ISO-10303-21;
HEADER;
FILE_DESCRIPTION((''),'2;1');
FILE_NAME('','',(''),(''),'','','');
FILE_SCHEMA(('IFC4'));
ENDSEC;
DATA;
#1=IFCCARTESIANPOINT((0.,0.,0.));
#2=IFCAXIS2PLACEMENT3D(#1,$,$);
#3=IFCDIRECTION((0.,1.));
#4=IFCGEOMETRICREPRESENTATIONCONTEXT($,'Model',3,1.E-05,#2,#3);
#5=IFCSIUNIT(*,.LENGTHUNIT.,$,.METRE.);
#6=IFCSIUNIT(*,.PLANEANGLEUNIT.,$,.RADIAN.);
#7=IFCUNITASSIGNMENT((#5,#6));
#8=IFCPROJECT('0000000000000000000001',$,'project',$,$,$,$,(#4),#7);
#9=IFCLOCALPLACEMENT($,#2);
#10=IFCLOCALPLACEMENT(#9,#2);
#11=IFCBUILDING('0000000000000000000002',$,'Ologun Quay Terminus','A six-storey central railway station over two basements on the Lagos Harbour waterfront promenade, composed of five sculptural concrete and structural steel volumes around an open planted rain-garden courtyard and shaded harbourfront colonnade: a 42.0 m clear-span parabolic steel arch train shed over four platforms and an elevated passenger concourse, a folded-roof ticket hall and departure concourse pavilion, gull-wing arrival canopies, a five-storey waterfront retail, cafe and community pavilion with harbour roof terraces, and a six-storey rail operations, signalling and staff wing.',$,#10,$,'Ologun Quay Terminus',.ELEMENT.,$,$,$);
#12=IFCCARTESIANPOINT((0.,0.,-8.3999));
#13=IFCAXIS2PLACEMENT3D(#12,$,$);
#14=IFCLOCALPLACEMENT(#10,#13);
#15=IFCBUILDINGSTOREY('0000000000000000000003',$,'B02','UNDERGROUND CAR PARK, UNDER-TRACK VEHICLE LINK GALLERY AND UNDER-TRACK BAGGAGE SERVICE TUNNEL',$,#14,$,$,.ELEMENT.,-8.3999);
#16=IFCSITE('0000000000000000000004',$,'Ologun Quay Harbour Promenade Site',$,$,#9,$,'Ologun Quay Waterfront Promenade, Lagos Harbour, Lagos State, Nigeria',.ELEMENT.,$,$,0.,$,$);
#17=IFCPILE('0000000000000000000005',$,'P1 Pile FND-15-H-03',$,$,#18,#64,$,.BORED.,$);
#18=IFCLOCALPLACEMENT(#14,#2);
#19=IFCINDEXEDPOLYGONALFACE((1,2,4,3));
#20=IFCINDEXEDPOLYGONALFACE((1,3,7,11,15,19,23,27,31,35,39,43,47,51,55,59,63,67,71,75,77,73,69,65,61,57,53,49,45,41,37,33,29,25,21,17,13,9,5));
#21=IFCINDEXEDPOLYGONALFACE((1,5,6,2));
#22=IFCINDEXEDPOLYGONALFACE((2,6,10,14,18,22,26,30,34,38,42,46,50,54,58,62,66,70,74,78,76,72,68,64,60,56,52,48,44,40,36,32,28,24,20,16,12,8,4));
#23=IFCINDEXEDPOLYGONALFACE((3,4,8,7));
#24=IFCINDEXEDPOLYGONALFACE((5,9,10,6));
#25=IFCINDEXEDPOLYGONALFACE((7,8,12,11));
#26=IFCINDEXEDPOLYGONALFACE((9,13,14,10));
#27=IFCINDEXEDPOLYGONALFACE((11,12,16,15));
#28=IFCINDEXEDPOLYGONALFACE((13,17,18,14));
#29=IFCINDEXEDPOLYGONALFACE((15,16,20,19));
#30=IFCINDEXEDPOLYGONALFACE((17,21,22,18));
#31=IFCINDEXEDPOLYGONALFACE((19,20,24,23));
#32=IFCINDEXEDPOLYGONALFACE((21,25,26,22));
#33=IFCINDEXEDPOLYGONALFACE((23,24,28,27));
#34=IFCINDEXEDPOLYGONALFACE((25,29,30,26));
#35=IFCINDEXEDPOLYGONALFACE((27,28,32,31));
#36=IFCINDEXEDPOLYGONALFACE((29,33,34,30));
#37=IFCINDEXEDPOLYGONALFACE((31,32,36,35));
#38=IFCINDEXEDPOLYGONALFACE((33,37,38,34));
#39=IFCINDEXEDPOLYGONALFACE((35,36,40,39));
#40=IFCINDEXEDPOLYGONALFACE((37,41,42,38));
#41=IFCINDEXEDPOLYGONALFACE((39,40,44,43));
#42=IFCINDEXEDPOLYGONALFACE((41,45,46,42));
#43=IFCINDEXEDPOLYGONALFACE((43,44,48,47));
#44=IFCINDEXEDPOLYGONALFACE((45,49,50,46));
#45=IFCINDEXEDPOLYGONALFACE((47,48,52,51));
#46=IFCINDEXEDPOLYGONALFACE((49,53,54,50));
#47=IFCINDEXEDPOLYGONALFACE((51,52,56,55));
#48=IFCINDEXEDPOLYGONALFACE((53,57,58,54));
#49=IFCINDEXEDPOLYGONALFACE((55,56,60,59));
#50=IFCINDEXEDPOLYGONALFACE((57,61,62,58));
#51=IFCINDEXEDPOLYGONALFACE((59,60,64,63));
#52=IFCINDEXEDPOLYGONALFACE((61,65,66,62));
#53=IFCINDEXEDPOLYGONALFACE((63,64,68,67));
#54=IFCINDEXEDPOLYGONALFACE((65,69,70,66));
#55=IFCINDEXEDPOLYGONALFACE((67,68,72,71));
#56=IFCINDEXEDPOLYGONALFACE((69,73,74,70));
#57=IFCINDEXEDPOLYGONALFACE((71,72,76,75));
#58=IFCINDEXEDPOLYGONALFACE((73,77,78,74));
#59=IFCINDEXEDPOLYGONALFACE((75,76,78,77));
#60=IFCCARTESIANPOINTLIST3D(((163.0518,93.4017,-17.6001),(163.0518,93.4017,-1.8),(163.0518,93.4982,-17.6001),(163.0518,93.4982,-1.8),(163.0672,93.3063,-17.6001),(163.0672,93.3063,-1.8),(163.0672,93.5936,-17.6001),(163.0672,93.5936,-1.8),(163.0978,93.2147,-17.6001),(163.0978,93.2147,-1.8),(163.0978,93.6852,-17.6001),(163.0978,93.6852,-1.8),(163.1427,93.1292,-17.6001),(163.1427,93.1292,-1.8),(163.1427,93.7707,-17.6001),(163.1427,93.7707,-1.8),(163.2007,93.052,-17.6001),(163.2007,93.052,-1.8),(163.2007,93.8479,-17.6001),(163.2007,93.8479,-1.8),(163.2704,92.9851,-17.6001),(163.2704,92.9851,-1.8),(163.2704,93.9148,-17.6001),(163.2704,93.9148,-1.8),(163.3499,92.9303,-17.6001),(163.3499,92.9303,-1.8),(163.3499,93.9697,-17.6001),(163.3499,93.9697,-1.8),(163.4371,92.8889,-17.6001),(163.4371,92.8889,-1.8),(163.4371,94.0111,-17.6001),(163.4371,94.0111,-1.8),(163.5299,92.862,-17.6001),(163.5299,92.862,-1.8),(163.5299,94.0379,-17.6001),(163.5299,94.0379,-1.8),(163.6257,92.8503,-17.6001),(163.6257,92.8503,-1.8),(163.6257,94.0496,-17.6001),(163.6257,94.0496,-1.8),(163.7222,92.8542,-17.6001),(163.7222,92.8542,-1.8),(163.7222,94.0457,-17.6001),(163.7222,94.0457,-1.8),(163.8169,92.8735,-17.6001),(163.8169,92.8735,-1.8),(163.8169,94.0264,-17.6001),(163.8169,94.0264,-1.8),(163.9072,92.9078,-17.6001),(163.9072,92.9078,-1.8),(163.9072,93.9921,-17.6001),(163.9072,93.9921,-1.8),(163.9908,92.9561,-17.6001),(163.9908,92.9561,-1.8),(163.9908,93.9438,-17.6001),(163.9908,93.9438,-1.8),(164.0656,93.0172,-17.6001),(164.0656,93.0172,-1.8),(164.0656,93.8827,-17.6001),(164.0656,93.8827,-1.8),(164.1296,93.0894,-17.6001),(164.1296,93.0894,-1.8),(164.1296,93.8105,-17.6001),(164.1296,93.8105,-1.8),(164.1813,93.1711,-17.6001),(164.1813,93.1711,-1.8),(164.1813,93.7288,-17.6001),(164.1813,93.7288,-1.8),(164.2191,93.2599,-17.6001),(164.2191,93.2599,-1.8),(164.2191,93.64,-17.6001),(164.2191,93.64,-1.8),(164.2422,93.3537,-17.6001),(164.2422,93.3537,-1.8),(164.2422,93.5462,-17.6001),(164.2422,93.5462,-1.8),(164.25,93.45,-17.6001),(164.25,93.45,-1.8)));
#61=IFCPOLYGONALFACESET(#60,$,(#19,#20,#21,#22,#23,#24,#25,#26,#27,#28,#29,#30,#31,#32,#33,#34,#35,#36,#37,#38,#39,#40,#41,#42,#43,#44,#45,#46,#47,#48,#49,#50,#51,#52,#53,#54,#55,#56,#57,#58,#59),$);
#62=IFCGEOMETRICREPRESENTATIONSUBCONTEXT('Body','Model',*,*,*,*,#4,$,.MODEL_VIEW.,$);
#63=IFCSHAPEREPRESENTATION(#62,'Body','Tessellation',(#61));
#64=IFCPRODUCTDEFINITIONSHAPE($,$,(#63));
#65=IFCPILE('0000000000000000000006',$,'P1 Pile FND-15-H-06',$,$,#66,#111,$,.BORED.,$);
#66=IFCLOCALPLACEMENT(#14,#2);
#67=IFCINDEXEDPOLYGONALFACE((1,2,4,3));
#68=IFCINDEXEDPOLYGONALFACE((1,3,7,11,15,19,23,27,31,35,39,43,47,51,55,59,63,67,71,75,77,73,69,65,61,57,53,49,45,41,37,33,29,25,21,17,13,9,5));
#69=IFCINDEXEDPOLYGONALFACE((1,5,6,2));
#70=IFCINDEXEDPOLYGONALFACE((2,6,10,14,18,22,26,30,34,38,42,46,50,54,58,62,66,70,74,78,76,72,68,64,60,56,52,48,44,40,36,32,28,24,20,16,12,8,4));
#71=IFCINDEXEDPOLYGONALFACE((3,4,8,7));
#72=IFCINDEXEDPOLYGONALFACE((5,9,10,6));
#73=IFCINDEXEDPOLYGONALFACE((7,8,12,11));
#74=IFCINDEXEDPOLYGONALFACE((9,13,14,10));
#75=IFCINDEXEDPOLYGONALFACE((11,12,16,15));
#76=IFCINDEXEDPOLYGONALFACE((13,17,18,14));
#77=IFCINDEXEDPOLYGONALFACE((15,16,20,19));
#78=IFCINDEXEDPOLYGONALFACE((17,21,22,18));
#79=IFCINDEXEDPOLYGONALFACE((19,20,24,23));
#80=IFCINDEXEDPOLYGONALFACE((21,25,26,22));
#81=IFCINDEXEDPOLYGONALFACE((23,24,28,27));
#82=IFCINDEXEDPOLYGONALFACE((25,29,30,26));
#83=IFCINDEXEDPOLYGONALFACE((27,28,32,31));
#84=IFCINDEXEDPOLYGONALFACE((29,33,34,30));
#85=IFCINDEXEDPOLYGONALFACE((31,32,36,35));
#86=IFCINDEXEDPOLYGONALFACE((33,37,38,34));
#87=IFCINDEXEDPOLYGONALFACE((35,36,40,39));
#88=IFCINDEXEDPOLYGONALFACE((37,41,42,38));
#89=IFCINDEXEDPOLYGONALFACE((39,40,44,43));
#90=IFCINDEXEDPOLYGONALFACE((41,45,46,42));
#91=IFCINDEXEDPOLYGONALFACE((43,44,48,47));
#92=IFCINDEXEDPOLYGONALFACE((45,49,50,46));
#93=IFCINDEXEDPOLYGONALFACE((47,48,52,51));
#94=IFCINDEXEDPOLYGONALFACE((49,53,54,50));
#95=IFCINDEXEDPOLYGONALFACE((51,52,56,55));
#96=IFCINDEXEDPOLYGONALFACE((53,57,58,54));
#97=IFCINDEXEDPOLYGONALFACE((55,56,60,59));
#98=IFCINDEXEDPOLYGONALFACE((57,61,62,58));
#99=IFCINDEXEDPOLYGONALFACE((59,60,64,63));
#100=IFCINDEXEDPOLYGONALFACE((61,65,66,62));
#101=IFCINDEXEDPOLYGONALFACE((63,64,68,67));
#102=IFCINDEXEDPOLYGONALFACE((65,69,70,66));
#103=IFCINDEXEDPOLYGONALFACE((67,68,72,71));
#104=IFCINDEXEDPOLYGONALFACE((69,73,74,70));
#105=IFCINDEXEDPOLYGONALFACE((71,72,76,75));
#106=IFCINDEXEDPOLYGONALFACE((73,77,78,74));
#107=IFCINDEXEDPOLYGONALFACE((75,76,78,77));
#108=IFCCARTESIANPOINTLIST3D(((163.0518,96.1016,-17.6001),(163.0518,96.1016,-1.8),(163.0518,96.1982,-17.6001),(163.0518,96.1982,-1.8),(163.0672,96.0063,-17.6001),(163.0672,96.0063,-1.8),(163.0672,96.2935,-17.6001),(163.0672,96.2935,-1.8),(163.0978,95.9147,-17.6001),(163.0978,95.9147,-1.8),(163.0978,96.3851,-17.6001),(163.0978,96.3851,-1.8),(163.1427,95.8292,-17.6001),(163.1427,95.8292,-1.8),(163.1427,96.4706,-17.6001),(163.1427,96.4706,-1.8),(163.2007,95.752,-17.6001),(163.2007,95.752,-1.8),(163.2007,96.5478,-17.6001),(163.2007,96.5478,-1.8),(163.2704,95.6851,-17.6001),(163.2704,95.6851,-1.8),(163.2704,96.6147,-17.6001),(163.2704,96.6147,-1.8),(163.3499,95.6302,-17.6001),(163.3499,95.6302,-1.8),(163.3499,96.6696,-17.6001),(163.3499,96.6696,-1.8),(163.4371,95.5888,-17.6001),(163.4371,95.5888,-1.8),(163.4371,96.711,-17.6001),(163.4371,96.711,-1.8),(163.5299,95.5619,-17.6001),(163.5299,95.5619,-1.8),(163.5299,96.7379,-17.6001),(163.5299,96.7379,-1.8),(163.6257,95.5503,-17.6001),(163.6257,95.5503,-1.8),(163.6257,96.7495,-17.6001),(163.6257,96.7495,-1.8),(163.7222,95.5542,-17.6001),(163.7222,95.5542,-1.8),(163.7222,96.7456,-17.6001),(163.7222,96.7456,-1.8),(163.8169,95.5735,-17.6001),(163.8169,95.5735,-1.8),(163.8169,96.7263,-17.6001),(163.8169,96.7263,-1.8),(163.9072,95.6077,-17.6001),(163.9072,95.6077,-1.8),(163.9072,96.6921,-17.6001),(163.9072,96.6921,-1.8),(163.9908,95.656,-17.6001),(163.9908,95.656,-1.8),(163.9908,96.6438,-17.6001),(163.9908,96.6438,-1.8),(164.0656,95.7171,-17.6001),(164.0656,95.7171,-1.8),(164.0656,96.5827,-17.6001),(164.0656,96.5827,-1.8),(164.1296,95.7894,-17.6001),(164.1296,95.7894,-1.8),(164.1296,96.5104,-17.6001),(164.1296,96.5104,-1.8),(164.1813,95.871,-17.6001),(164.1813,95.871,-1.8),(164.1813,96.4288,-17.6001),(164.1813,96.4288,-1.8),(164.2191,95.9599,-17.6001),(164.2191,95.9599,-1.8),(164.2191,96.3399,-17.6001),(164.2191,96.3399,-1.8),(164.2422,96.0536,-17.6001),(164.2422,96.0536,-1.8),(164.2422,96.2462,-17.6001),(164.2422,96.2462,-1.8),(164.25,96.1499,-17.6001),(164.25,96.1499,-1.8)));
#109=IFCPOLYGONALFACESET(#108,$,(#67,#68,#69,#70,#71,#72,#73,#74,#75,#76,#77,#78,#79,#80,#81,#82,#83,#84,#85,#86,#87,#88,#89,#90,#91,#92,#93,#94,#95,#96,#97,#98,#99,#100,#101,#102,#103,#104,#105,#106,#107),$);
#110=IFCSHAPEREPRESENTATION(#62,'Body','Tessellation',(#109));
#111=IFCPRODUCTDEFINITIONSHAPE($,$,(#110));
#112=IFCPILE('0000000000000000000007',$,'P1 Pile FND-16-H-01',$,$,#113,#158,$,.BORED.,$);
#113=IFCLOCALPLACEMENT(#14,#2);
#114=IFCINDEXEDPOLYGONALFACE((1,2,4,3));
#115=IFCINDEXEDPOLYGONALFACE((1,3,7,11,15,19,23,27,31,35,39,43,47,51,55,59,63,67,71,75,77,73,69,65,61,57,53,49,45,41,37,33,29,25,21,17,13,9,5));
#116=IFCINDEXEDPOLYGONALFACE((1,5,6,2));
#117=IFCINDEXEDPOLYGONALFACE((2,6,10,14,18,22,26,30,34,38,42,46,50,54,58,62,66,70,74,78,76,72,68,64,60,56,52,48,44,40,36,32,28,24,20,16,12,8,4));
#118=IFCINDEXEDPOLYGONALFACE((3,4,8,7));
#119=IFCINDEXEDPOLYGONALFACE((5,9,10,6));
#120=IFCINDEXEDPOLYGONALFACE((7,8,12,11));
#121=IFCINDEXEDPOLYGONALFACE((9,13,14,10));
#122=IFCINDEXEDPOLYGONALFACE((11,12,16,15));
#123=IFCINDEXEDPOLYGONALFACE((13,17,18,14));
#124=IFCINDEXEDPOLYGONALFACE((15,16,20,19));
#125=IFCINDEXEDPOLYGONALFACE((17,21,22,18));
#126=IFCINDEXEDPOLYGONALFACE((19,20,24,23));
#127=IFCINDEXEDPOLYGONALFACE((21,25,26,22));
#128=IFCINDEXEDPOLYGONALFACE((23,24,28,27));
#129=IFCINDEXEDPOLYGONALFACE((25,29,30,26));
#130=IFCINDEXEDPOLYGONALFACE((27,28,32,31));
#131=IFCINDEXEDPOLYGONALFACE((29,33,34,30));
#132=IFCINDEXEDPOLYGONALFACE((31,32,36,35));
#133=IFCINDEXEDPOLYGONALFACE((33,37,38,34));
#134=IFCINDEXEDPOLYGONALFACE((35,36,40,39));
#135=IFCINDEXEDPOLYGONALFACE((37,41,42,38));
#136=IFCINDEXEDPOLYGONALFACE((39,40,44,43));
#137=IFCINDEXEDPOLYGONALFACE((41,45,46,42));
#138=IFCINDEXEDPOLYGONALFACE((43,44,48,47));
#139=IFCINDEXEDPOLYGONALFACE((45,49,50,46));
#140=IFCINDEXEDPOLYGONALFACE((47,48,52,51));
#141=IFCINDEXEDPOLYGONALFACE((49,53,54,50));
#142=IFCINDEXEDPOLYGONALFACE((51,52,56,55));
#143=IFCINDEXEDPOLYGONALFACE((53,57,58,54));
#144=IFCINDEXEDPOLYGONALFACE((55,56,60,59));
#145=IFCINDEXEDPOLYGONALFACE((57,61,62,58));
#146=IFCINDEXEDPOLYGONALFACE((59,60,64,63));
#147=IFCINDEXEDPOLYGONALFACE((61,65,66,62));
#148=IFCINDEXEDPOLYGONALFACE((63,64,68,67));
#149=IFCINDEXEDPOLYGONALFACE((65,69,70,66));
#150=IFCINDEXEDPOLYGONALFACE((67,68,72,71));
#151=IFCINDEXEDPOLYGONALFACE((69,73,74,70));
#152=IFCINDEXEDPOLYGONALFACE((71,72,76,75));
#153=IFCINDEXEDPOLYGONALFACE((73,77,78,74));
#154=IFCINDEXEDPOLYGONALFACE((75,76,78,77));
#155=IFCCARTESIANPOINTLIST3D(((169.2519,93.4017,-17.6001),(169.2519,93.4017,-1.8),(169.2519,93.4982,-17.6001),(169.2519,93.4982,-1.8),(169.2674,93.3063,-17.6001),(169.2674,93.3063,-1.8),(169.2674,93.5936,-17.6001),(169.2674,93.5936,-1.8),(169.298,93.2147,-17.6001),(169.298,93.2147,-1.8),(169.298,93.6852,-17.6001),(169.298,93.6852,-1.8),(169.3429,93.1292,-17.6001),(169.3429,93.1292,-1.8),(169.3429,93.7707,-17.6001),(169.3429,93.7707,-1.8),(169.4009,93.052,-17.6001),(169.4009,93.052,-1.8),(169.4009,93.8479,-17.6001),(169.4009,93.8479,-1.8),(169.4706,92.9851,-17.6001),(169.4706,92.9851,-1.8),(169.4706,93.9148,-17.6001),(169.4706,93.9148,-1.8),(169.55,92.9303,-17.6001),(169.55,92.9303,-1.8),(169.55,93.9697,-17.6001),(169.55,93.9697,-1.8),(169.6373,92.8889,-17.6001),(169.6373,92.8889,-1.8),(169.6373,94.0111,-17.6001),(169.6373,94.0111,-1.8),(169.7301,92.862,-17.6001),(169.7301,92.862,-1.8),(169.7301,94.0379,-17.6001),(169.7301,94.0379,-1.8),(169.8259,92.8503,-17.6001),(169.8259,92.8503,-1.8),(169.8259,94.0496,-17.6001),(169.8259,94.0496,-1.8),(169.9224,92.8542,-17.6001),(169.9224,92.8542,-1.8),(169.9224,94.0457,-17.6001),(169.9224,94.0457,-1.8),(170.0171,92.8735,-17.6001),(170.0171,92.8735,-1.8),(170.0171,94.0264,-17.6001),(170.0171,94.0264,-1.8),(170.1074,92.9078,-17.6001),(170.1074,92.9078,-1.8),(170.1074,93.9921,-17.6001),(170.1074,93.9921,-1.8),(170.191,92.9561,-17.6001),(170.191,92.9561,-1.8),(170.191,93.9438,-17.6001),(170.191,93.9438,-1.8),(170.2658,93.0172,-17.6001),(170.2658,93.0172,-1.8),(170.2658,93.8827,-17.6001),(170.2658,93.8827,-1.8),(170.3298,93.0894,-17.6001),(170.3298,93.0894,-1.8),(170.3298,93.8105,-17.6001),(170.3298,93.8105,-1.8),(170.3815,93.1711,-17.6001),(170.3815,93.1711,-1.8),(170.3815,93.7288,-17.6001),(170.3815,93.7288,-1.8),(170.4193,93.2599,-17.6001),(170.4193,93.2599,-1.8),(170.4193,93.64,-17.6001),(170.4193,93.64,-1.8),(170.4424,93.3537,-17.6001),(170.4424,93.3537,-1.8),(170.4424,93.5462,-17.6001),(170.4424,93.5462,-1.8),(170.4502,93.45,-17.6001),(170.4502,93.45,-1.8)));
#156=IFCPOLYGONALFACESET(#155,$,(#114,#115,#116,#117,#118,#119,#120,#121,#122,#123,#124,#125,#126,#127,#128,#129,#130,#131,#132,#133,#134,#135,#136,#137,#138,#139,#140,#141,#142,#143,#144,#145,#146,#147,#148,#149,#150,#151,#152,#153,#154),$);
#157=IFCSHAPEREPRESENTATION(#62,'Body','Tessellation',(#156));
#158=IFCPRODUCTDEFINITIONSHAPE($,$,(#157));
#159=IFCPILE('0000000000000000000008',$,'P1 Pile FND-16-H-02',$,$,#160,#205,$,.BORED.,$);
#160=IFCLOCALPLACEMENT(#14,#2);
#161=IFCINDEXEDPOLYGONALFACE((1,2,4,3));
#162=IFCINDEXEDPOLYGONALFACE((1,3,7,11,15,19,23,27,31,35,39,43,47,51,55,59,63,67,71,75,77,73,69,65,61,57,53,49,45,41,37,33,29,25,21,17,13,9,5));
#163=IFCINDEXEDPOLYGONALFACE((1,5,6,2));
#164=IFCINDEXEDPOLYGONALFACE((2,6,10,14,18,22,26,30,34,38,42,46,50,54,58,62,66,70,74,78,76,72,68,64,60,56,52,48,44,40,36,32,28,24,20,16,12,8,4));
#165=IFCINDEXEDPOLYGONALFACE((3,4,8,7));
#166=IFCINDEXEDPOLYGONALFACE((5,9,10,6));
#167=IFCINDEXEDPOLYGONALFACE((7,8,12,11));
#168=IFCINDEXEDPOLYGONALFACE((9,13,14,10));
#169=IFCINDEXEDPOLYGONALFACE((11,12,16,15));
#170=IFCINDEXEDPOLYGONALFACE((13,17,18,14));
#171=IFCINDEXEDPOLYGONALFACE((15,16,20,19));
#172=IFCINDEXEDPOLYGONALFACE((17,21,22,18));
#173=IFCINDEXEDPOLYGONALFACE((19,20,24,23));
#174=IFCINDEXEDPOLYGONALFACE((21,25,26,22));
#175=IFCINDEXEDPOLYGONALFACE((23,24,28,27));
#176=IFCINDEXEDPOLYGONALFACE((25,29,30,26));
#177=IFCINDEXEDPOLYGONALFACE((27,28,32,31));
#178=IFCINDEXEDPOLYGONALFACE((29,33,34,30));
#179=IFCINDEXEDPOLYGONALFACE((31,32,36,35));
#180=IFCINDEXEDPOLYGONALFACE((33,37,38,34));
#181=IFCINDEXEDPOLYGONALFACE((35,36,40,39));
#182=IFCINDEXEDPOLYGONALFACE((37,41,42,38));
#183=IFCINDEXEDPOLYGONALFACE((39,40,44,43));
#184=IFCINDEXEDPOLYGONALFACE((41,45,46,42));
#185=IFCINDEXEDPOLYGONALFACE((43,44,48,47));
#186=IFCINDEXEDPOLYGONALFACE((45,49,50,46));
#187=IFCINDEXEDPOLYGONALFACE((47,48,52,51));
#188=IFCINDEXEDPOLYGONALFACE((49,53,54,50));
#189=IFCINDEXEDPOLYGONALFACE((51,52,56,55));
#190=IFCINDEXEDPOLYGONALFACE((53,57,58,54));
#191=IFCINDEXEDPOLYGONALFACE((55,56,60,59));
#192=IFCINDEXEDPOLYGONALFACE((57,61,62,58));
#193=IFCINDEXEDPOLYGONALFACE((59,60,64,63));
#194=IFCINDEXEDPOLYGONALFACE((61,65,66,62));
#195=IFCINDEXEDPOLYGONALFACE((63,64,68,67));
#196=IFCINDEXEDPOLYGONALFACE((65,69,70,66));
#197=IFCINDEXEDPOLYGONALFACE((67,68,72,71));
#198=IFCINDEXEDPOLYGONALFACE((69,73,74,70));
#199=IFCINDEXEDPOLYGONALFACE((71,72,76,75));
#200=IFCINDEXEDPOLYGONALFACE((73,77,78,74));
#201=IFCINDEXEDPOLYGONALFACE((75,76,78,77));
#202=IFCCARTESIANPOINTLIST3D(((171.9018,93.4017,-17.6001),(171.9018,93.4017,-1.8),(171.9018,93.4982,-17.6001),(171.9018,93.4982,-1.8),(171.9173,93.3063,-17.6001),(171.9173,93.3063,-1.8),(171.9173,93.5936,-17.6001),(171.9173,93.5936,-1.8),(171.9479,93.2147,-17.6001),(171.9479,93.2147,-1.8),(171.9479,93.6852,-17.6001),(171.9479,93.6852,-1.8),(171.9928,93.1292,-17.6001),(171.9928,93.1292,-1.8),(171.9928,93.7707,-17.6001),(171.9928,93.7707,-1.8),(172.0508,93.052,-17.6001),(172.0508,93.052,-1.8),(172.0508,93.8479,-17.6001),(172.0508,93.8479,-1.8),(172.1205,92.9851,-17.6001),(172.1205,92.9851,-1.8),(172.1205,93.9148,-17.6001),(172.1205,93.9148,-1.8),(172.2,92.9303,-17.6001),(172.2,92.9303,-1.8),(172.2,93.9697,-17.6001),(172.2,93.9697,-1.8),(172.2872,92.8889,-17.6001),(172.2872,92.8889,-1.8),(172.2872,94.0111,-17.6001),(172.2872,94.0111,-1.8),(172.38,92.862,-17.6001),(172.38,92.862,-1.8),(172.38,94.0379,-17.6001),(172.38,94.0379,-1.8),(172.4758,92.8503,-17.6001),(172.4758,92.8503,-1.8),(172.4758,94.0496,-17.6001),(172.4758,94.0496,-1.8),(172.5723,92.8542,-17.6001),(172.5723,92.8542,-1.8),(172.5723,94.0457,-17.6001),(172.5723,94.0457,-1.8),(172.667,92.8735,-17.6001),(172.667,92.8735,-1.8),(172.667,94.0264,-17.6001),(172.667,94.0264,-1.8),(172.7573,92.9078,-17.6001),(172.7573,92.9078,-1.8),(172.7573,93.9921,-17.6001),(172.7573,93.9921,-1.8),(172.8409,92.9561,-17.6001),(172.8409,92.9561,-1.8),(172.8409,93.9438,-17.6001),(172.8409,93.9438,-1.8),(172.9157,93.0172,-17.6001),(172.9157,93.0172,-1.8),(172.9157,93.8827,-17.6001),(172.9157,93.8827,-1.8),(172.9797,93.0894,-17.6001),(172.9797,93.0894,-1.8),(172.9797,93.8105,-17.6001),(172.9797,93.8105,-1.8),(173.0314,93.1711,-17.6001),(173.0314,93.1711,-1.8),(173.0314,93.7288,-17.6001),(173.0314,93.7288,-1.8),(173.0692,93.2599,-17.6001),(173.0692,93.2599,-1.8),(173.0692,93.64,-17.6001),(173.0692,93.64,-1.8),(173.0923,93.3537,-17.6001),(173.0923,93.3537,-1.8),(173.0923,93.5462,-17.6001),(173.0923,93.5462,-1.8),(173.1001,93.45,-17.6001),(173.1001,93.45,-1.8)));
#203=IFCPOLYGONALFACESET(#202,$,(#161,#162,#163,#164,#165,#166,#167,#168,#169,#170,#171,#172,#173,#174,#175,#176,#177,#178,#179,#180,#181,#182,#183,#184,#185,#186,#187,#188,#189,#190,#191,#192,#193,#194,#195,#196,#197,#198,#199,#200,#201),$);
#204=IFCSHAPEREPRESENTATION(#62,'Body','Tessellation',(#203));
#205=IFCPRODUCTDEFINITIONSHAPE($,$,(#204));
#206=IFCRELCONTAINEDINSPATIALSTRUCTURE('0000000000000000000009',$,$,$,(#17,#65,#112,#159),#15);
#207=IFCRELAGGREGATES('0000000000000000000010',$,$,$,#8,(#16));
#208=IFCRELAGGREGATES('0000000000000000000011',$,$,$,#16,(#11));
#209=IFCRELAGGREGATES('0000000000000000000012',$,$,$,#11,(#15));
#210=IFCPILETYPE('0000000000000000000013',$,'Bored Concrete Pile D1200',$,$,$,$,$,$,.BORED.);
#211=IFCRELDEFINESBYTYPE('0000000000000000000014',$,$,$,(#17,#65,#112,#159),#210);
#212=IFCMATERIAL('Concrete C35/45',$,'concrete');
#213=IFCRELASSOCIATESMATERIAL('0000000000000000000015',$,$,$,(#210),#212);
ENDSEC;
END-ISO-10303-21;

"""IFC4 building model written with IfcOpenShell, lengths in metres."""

from ifc_helpers import new_model, si_unit, direction, frame, origin, origin_2d, place, context, subcontext, project, spatial, circle, extrude, material, material_profile, profile_set, type_object, element, save


model = new_model("IFC4")

# Units and contexts
model_context = context("Model", 3, precision=1e-05, world=origin(), true_north=direction((0.0, 1.0)))
body_context = subcontext(model_context, "Body", "Model", "MODEL_VIEW")
ifc_project = project(units=[si_unit("LENGTHUNIT", "METRE"), si_unit("PLANEANGLEUNIT", "RADIAN")], contexts=[model_context])

# Site, building, storey
site_placement = place(None, origin())
site = spatial("IfcSite", under=ifc_project, at=site_placement, Name="Ologun Quay Harbour Promenade Site", LongName="Ologun Quay Waterfront Promenade, Lagos Harbour, Lagos State, Nigeria", CompositionType="ELEMENT", RefElevation=0.0)
building_placement = place(site_placement, origin())
building = spatial("IfcBuilding", under=site, at=building_placement, Name="Ologun Quay Terminus", Description="A six-storey central railway station over two basements on the Lagos Harbour waterfront promenade, composed of five sculptural concrete and structural steel volumes around an open planted rain-garden courtyard and shaded harbourfront colonnade: a 42.0 m clear-span parabolic steel arch train shed over four platforms and an elevated passenger concourse, a folded-roof ticket hall and departure concourse pavilion, gull-wing arrival canopies, a five-storey waterfront retail, cafe and community pavilion with harbour roof terraces, and a six-storey rail operations, signalling and staff wing.", LongName="Ologun Quay Terminus", CompositionType="ELEMENT")
storey_placement = place(building_placement, frame((0.0, 0.0, -8.3999)))
storey = spatial("IfcBuildingStorey", under=building, at=storey_placement, Name="B02", Description="UNDERGROUND CAR PARK, UNDER-TRACK VEHICLE LINK GALLERY AND UNDER-TRACK BAGGAGE SERVICE TUNNEL", CompositionType="ELEMENT", Elevation=-8.3999)

# Piles
ifc_material_1 = material(Name="Concrete C35/45", Category="concrete")
ifc_material_profile_1 = material_profile(ifc_material_1, circle(Radius=0.6001, at=origin_2d()), Name="PILE D1200")
ifc_profile_set_1 = profile_set([ifc_material_profile_1], Name="Concrete C35/45")
pile_type = type_object("IfcPileType", Name="Bored Concrete Pile D1200", PredefinedType="BORED", material=ifc_profile_set_1)
for number, where, z_axis, x_axis, name in (
    (1, (163.6499, 93.45, -1.8), (0.0, 0.0, -1.0), (1.0, 0.0, 0.0), "P1 Pile FND-15-H-03"),
    (2, (163.6499, 96.1499, -1.8), (0.0, 0.0, -1.0), (1.0, 0.0, 0.0), "P1 Pile FND-15-H-06"),
    (3, (169.8501, 93.45, -1.8), (0.0, 0.0, -1.0), (1.0, 0.0, 0.0), "P1 Pile FND-16-H-01"),
    (4, (172.5, 93.45, -1.8), (0.0, 0.0, -1.0), (1.0, 0.0, 0.0), "P1 Pile FND-16-H-02"),
):
    element("IfcPile", number, at=place(storey_placement, frame(where, z_axis=z_axis, x_axis=x_axis)), inside=storey, type_object=pile_type, Name=name, PredefinedType="BORED", context=body_context, shape_type="SweptSolid", body=[
        extrude(circle(Radius=0.6001, at=origin_2d()), origin(), (0.0, 0.0, 1.0), 15.8),
    ])

save(model, "model.ifc")
